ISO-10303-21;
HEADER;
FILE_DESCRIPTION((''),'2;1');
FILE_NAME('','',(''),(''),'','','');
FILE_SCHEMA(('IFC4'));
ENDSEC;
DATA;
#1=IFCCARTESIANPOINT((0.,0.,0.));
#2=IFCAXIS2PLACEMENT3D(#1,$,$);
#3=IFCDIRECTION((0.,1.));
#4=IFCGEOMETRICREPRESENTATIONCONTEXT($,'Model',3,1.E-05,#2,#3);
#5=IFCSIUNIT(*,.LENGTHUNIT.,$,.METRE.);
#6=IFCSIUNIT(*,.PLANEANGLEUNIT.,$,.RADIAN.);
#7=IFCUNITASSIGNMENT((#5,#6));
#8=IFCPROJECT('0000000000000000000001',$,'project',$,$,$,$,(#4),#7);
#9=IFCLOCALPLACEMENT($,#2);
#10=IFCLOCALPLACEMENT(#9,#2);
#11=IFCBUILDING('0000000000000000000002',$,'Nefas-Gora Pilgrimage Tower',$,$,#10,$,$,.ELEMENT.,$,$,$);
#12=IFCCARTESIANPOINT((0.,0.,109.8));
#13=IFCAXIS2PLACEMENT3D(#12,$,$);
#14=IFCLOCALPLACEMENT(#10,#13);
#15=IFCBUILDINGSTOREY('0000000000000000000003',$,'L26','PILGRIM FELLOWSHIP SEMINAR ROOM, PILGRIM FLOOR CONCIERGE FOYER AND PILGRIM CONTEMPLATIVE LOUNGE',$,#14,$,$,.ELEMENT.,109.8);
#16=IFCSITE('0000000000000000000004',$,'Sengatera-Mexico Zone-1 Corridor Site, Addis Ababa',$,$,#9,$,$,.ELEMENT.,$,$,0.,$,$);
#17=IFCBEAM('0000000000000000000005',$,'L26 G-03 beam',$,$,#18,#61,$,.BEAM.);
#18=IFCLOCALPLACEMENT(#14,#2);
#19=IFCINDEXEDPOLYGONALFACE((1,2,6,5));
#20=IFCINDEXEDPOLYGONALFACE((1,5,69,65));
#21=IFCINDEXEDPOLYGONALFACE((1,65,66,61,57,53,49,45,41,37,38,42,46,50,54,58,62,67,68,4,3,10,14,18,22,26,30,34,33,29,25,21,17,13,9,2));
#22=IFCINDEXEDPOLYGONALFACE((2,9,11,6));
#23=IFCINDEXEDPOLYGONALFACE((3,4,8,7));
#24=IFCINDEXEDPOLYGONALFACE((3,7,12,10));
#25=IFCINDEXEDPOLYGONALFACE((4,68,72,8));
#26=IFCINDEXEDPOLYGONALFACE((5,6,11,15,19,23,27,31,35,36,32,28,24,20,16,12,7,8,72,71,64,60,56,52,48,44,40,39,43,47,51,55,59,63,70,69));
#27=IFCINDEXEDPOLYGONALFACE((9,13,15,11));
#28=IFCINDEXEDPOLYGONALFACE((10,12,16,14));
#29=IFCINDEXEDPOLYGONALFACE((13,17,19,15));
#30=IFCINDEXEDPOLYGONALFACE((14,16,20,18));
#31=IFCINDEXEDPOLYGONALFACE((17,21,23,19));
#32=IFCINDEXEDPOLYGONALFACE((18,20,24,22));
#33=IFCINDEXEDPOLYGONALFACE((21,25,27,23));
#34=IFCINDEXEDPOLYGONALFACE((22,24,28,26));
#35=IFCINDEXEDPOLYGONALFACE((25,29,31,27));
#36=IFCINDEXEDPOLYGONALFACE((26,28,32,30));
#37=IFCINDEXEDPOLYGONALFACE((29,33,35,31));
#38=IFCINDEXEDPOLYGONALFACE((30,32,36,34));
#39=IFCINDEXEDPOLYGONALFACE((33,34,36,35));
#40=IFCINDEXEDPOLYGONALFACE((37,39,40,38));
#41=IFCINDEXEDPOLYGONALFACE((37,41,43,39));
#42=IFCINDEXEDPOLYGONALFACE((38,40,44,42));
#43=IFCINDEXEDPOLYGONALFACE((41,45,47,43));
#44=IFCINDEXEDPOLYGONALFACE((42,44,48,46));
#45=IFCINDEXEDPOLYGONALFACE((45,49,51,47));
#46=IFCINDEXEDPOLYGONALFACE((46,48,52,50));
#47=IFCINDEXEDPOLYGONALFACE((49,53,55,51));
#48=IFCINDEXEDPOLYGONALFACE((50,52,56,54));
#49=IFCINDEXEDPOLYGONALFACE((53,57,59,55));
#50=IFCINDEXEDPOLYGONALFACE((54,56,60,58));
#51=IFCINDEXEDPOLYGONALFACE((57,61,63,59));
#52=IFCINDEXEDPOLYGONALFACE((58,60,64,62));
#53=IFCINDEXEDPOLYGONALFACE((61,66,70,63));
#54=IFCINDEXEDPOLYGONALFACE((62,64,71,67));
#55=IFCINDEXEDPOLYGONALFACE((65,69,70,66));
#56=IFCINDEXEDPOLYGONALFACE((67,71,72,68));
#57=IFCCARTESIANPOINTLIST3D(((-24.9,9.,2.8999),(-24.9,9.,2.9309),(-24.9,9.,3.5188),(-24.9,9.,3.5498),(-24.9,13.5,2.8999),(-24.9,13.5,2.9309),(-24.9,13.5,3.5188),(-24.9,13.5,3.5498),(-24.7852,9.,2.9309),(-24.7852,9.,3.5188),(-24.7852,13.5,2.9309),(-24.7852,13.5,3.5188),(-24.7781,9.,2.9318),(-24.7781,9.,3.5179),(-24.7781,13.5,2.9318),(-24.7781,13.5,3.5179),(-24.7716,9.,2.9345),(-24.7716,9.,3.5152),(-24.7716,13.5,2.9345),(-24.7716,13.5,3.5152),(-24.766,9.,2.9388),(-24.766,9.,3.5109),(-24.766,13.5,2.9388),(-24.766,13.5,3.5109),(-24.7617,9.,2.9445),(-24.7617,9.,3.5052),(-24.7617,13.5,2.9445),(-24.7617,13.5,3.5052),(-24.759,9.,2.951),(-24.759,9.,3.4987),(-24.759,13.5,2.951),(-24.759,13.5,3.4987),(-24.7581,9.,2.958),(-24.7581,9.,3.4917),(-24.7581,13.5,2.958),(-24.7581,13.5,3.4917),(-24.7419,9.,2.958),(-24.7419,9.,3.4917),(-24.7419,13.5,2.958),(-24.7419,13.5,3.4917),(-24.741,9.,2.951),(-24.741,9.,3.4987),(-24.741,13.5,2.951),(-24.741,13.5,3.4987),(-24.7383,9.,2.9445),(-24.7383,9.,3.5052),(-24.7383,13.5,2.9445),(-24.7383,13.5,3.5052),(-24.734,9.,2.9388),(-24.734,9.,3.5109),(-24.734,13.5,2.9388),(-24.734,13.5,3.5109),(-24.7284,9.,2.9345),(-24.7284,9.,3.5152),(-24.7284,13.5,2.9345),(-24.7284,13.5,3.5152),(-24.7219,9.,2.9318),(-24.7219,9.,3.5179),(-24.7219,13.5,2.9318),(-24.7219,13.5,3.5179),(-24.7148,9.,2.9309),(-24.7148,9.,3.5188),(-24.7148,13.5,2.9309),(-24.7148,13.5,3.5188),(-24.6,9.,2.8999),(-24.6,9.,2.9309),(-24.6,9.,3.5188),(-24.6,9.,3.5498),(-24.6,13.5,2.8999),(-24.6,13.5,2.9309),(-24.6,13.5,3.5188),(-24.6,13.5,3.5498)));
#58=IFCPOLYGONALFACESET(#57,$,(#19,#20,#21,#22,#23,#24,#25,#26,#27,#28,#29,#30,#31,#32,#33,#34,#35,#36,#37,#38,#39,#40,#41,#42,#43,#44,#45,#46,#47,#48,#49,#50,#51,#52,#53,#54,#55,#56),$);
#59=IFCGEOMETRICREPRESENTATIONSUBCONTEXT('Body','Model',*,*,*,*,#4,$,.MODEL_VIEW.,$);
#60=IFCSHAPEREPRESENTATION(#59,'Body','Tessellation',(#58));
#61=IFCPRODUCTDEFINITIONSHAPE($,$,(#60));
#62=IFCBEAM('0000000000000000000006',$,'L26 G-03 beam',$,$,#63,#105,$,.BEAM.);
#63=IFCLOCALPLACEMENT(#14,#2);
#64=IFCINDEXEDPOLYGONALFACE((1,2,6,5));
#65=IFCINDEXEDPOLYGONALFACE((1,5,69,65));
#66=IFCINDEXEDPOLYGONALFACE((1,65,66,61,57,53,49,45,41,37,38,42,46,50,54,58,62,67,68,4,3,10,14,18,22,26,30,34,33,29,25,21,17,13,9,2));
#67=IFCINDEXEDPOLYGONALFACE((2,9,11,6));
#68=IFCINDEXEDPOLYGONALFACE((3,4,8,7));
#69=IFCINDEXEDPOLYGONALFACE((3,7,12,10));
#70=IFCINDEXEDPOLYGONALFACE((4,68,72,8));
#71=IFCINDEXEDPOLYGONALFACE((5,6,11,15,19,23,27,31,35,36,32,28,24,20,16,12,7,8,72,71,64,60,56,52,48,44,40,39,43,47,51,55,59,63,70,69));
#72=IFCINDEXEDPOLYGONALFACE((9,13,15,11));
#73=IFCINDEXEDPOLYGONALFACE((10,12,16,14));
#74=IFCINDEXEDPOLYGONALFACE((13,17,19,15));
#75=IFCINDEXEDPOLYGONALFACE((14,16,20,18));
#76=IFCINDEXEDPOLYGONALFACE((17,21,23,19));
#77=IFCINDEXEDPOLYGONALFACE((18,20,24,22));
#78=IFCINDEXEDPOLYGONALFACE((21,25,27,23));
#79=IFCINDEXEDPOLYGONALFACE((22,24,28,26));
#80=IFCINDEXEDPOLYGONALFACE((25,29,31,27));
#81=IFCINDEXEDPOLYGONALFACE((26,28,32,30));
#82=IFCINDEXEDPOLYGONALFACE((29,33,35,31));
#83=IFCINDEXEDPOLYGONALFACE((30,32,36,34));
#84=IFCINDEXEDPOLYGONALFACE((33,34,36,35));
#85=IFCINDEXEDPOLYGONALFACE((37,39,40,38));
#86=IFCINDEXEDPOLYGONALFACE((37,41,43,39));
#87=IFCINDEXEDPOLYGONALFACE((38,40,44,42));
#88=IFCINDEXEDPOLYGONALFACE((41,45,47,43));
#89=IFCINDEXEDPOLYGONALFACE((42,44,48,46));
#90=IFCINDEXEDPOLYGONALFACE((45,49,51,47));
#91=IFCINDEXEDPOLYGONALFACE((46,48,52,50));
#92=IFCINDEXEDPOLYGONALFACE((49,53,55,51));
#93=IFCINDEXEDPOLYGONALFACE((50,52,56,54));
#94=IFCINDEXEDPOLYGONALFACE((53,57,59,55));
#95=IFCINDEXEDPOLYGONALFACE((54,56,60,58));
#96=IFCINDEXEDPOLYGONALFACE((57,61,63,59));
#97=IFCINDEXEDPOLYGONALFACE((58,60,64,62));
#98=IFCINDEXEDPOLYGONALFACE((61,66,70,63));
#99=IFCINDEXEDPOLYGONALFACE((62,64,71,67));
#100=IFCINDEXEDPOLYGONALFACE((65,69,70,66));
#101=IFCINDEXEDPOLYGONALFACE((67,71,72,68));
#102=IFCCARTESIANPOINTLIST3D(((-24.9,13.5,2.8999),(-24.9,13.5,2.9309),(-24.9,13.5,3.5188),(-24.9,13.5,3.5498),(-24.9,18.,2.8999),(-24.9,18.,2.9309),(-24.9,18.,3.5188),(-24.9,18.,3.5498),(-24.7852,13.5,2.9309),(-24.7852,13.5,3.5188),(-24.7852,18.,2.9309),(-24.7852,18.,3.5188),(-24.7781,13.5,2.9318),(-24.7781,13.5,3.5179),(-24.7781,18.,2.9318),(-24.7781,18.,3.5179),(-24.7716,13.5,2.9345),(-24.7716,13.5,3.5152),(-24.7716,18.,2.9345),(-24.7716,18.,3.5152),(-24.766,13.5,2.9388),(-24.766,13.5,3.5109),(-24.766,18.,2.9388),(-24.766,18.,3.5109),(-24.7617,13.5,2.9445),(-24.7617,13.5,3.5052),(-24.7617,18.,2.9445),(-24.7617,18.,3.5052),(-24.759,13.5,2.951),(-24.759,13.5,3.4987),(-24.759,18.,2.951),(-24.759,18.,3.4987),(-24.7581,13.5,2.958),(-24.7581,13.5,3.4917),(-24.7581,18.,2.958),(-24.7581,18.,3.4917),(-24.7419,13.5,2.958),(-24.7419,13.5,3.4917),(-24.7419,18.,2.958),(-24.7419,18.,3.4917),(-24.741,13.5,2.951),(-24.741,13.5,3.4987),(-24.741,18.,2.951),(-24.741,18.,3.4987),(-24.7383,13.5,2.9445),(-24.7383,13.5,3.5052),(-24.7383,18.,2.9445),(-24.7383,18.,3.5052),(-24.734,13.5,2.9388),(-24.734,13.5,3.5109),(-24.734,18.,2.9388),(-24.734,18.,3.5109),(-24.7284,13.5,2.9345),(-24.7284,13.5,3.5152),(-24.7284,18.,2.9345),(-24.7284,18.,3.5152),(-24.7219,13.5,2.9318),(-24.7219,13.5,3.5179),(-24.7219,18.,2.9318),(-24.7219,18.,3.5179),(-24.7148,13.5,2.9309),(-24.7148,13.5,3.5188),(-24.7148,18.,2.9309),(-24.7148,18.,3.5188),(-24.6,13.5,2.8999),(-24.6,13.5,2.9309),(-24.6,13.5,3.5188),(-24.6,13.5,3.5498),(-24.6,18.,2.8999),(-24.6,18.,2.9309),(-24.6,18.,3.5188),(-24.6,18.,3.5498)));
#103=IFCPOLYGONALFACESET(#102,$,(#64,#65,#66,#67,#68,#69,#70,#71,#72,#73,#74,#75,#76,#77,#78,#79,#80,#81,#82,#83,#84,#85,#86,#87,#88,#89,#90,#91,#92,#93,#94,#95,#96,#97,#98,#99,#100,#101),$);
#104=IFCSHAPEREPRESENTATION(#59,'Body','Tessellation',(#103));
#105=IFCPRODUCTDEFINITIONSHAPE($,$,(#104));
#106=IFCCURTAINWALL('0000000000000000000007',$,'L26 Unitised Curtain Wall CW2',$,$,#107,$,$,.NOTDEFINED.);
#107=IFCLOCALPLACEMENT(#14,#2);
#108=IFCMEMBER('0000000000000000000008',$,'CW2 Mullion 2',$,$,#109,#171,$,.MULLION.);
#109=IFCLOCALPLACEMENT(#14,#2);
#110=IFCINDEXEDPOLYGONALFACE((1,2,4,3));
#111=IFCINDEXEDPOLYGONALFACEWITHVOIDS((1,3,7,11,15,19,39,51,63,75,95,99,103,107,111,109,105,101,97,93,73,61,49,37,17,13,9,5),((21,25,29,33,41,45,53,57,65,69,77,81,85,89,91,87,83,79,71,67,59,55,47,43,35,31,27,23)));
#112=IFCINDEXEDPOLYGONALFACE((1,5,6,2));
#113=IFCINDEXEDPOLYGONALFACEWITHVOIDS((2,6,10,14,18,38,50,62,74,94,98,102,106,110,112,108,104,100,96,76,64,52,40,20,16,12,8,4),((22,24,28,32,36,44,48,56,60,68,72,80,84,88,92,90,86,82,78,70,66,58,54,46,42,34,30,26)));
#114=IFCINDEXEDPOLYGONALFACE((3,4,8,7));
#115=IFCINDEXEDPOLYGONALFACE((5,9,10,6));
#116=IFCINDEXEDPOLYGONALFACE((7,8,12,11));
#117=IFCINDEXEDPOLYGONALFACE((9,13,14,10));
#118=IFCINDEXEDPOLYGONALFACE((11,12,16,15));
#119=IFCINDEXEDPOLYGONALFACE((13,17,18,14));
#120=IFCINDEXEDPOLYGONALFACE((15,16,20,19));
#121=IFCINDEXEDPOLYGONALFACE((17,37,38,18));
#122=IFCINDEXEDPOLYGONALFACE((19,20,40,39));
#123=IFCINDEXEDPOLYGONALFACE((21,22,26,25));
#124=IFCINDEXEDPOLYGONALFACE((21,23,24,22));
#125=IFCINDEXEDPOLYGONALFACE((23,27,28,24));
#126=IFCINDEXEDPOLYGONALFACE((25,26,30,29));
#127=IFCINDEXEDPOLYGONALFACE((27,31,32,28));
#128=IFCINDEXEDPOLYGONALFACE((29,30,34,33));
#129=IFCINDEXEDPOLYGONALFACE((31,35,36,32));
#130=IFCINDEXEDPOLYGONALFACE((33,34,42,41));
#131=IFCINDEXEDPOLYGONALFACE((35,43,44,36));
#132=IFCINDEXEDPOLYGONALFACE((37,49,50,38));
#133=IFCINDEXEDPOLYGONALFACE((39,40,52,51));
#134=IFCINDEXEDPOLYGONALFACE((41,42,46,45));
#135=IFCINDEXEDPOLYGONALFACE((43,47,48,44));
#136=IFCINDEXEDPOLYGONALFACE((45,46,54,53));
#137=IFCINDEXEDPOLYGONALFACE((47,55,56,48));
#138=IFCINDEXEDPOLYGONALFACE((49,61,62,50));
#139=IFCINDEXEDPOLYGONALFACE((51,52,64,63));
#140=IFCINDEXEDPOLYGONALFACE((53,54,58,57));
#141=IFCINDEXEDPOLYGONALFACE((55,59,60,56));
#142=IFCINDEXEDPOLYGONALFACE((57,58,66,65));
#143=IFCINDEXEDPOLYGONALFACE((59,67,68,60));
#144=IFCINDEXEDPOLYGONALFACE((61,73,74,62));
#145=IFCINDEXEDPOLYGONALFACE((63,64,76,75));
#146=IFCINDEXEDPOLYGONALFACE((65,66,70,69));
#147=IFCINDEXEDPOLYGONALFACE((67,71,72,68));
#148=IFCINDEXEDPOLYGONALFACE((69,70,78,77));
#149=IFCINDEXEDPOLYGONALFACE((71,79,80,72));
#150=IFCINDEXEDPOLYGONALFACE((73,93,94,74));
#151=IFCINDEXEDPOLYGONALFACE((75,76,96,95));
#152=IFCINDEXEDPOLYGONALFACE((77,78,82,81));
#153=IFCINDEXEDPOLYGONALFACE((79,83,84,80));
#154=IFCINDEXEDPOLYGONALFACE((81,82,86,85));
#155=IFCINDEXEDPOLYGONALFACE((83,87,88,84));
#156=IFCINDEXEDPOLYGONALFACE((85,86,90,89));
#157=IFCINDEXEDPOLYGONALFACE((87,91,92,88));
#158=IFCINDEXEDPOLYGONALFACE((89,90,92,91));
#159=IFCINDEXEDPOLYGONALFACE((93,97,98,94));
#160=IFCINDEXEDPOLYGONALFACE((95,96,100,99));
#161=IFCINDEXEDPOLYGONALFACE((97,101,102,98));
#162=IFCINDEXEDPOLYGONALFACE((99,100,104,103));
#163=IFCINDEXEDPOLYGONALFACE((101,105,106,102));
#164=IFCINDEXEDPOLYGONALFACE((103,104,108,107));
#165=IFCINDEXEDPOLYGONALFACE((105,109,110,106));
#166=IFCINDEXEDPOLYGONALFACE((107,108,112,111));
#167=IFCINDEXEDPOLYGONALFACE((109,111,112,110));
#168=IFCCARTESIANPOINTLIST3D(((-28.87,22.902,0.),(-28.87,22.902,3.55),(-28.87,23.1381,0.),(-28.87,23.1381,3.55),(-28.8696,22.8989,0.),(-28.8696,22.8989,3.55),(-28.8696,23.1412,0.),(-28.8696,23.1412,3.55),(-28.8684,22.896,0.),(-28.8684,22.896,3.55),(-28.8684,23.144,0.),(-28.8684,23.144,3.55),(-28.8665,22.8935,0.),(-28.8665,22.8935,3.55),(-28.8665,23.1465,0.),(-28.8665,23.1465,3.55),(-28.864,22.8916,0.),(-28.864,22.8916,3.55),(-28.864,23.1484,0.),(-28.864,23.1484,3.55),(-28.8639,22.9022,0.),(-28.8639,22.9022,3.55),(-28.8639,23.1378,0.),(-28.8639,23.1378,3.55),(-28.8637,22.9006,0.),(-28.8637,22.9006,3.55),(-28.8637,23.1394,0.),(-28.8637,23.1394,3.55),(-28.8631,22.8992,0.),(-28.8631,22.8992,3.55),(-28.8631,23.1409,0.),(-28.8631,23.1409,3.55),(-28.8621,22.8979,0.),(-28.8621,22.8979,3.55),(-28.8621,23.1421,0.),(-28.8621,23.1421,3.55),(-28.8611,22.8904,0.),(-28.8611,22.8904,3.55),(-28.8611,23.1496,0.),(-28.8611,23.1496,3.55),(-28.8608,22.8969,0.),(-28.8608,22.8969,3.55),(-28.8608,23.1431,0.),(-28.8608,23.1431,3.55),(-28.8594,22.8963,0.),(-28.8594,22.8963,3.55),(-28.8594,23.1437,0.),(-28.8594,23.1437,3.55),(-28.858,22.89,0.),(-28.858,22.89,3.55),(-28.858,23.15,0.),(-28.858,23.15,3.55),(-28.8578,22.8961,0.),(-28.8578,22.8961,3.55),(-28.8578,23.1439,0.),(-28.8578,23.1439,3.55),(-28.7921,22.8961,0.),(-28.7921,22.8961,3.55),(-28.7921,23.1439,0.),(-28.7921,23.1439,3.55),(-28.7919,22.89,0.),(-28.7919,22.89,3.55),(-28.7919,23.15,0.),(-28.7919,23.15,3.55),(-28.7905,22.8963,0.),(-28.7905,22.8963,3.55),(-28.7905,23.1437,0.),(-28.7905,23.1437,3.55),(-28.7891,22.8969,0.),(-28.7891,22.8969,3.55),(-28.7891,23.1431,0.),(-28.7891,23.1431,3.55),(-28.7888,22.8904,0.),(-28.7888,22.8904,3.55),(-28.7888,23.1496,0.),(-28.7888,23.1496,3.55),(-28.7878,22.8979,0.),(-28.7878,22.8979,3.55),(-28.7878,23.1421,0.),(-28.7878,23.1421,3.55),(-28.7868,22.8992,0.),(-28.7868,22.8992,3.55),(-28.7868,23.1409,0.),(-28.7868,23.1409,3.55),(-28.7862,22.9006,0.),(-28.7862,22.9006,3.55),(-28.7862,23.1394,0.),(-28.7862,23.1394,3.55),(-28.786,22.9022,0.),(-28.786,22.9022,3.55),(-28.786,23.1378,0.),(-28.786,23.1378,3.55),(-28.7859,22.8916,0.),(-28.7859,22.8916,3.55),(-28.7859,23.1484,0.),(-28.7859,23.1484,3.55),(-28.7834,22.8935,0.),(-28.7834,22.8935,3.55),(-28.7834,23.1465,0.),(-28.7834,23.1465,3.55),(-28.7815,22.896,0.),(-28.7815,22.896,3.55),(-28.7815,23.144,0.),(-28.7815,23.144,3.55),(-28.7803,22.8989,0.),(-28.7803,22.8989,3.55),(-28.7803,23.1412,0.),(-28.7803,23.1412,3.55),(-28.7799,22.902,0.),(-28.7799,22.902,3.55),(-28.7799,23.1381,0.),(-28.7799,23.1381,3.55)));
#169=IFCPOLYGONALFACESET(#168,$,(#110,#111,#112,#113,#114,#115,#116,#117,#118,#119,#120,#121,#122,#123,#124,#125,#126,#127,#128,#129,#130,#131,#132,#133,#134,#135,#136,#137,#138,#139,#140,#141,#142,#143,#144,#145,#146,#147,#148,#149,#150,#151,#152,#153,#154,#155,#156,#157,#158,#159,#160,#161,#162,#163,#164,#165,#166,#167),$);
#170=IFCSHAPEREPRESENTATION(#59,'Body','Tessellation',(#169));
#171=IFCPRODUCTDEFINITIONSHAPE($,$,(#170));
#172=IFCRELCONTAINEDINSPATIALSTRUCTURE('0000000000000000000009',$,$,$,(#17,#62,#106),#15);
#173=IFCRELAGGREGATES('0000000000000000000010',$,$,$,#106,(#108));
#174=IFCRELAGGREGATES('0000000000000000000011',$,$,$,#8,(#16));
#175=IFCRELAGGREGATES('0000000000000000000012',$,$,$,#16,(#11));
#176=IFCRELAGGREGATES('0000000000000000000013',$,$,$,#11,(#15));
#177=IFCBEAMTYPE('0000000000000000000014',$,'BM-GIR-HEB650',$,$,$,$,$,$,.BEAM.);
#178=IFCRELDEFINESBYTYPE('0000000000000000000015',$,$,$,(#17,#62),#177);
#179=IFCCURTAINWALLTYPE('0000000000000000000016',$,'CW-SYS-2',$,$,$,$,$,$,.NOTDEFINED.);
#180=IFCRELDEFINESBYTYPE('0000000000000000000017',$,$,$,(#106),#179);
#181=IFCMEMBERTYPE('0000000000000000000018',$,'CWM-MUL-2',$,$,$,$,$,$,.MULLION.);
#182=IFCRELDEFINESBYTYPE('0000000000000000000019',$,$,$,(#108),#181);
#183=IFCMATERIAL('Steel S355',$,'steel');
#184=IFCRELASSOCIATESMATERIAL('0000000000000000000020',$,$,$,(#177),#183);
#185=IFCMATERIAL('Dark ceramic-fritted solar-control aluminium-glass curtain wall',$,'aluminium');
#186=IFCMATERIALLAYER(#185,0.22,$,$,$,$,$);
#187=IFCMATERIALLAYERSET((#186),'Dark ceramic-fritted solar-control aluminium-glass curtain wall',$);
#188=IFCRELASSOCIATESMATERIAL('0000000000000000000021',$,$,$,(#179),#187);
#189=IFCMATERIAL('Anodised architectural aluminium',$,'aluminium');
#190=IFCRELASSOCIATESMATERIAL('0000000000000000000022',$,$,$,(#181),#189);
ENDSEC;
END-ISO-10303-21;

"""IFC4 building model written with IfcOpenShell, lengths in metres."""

from ifc_helpers import new_model, si_unit, direction, frame, origin, origin_2d, place, context, subcontext, project, spatial, hollow_rectangle, i_section, extrude, source, transform, mapped, material, layer, layer_set, material_profile, profile_set, type_object, element, aggregate, save


model = new_model("IFC4")

# Units and contexts
model_context = context("Model", 3, precision=1e-05, world=origin(), true_north=direction((0.0, 1.0)))
body_context = subcontext(model_context, "Body", "Model", "MODEL_VIEW")
ifc_project = project(units=[si_unit("LENGTHUNIT", "METRE"), si_unit("PLANEANGLEUNIT", "RADIAN")], contexts=[model_context])

# Site, building, storey
site_placement = place(None, origin())
site = spatial("IfcSite", under=ifc_project, at=site_placement, Name="Sengatera-Mexico Zone-1 Corridor Site, Addis Ababa", CompositionType="ELEMENT", RefElevation=0.0)
building_placement = place(site_placement, origin())
building = spatial("IfcBuilding", under=site, at=building_placement, Name="Nefas-Gora Pilgrimage Tower", CompositionType="ELEMENT")
storey_placement = place(building_placement, frame((0.0, 0.0, 109.8)))
storey = spatial("IfcBuildingStorey", under=building, at=storey_placement, Name="L26", Description="PILGRIM FELLOWSHIP SEMINAR ROOM, PILGRIM FLOOR CONCIERGE FOYER AND PILGRIM CONTEMPLATIVE LOUNGE", CompositionType="ELEMENT", Elevation=109.8)

# Beams
ifc_material_1 = material(Name="Steel S355", Category="steel")
ifc_material_profile_1 = material_profile(ifc_material_1, i_section(OverallWidth=0.3, OverallDepth=0.6499, WebThickness=0.0161, FlangeThickness=0.031, FilletRadius=0.0271, at=origin_2d()), Name="HEB 650")
ifc_profile_set_1 = profile_set([ifc_material_profile_1], Name="Steel S355")
beam_type_1 = type_object("IfcBeamType", Name="BM-GIR-HEB650", PredefinedType="BEAM", material=ifc_profile_set_1)
shared_shape_1 = source(origin(), body_context, "Body", "SweptSolid", [
    extrude(i_section(OverallWidth=0.3, OverallDepth=0.6499, WebThickness=0.0161, FlangeThickness=0.031, FilletRadius=0.0271, at=origin_2d()), origin(), (0.0, 0.0, 1.0), 4.5),
])
for number, where, z_axis, x_axis, name in (
    (1, (-24.75, 9.0, 3.2249), (0.0, 1.0, 0.0), (-1.0, 0.0, 0.0), "L26 G-03 beam"),
    (2, (-24.75, 13.5, 3.2249), (0.0, 1.0, 0.0), (-1.0, 0.0, 0.0), "L26 G-03 beam"),
):
    element("IfcBeam", number, at=place(storey_placement, frame(where, z_axis=z_axis, x_axis=x_axis)), inside=storey, type_object=beam_type_1, Name=name, PredefinedType="BEAM", context=body_context, shape_type="MappedRepresentation", body=[
        mapped(shared_shape_1, transform((0.0, 0.0, 0.0), x_axis=(1.0, 0.0, 0.0), y_axis=(0.0, 1.0, 0.0), z_axis=(0.0, 0.0, 1.0), scale=1.0)),
    ])

# Curtain wall, member
ifc_material_2 = material(Name="Dark ceramic-fritted solar-control aluminium-glass curtain wall", Category="aluminium")
ifc_layer_1 = layer(ifc_material_2, 0.22)
ifc_layer_set_1 = layer_set([ifc_layer_1], Name="Dark ceramic-fritted solar-control aluminium-glass curtain wall")
curtain_wall_type = type_object("IfcCurtainWallType", Name="CW-SYS-2", PredefinedType="NOTDEFINED", material=ifc_layer_set_1)
curtain_wall_1_placement = place(storey_placement, origin())
curtain_wall_1 = element("IfcCurtainWall", 3, at=curtain_wall_1_placement, inside=storey, type_object=curtain_wall_type, Name="L26 Unitised Curtain Wall CW2", PredefinedType="NOTDEFINED")
ifc_material_3 = material(Name="Anodised architectural aluminium", Category="aluminium")
ifc_material_profile_2 = material_profile(ifc_material_3, hollow_rectangle(XDim=0.0901, YDim=0.26, WallThickness=0.0061, InnerFilletRadius=0.0061, OuterFilletRadius=0.012, at=origin_2d()), Name="ALU MULLION 90x260")
ifc_profile_set_2 = profile_set([ifc_material_profile_2], Name="Anodised architectural aluminium")
member_type_1 = type_object("IfcMemberType", Name="CWM-MUL-2", PredefinedType="MULLION", material=ifc_profile_set_2)
shared_shape_2 = source(origin(), body_context, "Body", "SweptSolid", [
    extrude(hollow_rectangle(XDim=0.0901, YDim=0.26, WallThickness=0.0061, InnerFilletRadius=0.0061, OuterFilletRadius=0.012, at=origin_2d()), origin(), (0.0, 0.0, 1.0), 3.55),
])
member_1_placement = place(storey_placement, frame((-28.825, 23.02, 0.0), z_axis=(0.0, 0.0, 1.0), x_axis=(-1.0, 0.0, 0.0)))
member_1 = element("IfcMember", 4, at=member_1_placement, type_object=member_type_1, Name="CW2 Mullion 2", PredefinedType="MULLION", context=body_context, shape_type="MappedRepresentation", body=[
    mapped(shared_shape_2, transform((0.0, 0.0, 0.0), x_axis=(1.0, 0.0, 0.0), y_axis=(0.0, 1.0, 0.0), z_axis=(0.0, 0.0, 1.0), scale=1.0)),
])
aggregate(curtain_wall_1, [member_1])

save(model, "model.ifc")
